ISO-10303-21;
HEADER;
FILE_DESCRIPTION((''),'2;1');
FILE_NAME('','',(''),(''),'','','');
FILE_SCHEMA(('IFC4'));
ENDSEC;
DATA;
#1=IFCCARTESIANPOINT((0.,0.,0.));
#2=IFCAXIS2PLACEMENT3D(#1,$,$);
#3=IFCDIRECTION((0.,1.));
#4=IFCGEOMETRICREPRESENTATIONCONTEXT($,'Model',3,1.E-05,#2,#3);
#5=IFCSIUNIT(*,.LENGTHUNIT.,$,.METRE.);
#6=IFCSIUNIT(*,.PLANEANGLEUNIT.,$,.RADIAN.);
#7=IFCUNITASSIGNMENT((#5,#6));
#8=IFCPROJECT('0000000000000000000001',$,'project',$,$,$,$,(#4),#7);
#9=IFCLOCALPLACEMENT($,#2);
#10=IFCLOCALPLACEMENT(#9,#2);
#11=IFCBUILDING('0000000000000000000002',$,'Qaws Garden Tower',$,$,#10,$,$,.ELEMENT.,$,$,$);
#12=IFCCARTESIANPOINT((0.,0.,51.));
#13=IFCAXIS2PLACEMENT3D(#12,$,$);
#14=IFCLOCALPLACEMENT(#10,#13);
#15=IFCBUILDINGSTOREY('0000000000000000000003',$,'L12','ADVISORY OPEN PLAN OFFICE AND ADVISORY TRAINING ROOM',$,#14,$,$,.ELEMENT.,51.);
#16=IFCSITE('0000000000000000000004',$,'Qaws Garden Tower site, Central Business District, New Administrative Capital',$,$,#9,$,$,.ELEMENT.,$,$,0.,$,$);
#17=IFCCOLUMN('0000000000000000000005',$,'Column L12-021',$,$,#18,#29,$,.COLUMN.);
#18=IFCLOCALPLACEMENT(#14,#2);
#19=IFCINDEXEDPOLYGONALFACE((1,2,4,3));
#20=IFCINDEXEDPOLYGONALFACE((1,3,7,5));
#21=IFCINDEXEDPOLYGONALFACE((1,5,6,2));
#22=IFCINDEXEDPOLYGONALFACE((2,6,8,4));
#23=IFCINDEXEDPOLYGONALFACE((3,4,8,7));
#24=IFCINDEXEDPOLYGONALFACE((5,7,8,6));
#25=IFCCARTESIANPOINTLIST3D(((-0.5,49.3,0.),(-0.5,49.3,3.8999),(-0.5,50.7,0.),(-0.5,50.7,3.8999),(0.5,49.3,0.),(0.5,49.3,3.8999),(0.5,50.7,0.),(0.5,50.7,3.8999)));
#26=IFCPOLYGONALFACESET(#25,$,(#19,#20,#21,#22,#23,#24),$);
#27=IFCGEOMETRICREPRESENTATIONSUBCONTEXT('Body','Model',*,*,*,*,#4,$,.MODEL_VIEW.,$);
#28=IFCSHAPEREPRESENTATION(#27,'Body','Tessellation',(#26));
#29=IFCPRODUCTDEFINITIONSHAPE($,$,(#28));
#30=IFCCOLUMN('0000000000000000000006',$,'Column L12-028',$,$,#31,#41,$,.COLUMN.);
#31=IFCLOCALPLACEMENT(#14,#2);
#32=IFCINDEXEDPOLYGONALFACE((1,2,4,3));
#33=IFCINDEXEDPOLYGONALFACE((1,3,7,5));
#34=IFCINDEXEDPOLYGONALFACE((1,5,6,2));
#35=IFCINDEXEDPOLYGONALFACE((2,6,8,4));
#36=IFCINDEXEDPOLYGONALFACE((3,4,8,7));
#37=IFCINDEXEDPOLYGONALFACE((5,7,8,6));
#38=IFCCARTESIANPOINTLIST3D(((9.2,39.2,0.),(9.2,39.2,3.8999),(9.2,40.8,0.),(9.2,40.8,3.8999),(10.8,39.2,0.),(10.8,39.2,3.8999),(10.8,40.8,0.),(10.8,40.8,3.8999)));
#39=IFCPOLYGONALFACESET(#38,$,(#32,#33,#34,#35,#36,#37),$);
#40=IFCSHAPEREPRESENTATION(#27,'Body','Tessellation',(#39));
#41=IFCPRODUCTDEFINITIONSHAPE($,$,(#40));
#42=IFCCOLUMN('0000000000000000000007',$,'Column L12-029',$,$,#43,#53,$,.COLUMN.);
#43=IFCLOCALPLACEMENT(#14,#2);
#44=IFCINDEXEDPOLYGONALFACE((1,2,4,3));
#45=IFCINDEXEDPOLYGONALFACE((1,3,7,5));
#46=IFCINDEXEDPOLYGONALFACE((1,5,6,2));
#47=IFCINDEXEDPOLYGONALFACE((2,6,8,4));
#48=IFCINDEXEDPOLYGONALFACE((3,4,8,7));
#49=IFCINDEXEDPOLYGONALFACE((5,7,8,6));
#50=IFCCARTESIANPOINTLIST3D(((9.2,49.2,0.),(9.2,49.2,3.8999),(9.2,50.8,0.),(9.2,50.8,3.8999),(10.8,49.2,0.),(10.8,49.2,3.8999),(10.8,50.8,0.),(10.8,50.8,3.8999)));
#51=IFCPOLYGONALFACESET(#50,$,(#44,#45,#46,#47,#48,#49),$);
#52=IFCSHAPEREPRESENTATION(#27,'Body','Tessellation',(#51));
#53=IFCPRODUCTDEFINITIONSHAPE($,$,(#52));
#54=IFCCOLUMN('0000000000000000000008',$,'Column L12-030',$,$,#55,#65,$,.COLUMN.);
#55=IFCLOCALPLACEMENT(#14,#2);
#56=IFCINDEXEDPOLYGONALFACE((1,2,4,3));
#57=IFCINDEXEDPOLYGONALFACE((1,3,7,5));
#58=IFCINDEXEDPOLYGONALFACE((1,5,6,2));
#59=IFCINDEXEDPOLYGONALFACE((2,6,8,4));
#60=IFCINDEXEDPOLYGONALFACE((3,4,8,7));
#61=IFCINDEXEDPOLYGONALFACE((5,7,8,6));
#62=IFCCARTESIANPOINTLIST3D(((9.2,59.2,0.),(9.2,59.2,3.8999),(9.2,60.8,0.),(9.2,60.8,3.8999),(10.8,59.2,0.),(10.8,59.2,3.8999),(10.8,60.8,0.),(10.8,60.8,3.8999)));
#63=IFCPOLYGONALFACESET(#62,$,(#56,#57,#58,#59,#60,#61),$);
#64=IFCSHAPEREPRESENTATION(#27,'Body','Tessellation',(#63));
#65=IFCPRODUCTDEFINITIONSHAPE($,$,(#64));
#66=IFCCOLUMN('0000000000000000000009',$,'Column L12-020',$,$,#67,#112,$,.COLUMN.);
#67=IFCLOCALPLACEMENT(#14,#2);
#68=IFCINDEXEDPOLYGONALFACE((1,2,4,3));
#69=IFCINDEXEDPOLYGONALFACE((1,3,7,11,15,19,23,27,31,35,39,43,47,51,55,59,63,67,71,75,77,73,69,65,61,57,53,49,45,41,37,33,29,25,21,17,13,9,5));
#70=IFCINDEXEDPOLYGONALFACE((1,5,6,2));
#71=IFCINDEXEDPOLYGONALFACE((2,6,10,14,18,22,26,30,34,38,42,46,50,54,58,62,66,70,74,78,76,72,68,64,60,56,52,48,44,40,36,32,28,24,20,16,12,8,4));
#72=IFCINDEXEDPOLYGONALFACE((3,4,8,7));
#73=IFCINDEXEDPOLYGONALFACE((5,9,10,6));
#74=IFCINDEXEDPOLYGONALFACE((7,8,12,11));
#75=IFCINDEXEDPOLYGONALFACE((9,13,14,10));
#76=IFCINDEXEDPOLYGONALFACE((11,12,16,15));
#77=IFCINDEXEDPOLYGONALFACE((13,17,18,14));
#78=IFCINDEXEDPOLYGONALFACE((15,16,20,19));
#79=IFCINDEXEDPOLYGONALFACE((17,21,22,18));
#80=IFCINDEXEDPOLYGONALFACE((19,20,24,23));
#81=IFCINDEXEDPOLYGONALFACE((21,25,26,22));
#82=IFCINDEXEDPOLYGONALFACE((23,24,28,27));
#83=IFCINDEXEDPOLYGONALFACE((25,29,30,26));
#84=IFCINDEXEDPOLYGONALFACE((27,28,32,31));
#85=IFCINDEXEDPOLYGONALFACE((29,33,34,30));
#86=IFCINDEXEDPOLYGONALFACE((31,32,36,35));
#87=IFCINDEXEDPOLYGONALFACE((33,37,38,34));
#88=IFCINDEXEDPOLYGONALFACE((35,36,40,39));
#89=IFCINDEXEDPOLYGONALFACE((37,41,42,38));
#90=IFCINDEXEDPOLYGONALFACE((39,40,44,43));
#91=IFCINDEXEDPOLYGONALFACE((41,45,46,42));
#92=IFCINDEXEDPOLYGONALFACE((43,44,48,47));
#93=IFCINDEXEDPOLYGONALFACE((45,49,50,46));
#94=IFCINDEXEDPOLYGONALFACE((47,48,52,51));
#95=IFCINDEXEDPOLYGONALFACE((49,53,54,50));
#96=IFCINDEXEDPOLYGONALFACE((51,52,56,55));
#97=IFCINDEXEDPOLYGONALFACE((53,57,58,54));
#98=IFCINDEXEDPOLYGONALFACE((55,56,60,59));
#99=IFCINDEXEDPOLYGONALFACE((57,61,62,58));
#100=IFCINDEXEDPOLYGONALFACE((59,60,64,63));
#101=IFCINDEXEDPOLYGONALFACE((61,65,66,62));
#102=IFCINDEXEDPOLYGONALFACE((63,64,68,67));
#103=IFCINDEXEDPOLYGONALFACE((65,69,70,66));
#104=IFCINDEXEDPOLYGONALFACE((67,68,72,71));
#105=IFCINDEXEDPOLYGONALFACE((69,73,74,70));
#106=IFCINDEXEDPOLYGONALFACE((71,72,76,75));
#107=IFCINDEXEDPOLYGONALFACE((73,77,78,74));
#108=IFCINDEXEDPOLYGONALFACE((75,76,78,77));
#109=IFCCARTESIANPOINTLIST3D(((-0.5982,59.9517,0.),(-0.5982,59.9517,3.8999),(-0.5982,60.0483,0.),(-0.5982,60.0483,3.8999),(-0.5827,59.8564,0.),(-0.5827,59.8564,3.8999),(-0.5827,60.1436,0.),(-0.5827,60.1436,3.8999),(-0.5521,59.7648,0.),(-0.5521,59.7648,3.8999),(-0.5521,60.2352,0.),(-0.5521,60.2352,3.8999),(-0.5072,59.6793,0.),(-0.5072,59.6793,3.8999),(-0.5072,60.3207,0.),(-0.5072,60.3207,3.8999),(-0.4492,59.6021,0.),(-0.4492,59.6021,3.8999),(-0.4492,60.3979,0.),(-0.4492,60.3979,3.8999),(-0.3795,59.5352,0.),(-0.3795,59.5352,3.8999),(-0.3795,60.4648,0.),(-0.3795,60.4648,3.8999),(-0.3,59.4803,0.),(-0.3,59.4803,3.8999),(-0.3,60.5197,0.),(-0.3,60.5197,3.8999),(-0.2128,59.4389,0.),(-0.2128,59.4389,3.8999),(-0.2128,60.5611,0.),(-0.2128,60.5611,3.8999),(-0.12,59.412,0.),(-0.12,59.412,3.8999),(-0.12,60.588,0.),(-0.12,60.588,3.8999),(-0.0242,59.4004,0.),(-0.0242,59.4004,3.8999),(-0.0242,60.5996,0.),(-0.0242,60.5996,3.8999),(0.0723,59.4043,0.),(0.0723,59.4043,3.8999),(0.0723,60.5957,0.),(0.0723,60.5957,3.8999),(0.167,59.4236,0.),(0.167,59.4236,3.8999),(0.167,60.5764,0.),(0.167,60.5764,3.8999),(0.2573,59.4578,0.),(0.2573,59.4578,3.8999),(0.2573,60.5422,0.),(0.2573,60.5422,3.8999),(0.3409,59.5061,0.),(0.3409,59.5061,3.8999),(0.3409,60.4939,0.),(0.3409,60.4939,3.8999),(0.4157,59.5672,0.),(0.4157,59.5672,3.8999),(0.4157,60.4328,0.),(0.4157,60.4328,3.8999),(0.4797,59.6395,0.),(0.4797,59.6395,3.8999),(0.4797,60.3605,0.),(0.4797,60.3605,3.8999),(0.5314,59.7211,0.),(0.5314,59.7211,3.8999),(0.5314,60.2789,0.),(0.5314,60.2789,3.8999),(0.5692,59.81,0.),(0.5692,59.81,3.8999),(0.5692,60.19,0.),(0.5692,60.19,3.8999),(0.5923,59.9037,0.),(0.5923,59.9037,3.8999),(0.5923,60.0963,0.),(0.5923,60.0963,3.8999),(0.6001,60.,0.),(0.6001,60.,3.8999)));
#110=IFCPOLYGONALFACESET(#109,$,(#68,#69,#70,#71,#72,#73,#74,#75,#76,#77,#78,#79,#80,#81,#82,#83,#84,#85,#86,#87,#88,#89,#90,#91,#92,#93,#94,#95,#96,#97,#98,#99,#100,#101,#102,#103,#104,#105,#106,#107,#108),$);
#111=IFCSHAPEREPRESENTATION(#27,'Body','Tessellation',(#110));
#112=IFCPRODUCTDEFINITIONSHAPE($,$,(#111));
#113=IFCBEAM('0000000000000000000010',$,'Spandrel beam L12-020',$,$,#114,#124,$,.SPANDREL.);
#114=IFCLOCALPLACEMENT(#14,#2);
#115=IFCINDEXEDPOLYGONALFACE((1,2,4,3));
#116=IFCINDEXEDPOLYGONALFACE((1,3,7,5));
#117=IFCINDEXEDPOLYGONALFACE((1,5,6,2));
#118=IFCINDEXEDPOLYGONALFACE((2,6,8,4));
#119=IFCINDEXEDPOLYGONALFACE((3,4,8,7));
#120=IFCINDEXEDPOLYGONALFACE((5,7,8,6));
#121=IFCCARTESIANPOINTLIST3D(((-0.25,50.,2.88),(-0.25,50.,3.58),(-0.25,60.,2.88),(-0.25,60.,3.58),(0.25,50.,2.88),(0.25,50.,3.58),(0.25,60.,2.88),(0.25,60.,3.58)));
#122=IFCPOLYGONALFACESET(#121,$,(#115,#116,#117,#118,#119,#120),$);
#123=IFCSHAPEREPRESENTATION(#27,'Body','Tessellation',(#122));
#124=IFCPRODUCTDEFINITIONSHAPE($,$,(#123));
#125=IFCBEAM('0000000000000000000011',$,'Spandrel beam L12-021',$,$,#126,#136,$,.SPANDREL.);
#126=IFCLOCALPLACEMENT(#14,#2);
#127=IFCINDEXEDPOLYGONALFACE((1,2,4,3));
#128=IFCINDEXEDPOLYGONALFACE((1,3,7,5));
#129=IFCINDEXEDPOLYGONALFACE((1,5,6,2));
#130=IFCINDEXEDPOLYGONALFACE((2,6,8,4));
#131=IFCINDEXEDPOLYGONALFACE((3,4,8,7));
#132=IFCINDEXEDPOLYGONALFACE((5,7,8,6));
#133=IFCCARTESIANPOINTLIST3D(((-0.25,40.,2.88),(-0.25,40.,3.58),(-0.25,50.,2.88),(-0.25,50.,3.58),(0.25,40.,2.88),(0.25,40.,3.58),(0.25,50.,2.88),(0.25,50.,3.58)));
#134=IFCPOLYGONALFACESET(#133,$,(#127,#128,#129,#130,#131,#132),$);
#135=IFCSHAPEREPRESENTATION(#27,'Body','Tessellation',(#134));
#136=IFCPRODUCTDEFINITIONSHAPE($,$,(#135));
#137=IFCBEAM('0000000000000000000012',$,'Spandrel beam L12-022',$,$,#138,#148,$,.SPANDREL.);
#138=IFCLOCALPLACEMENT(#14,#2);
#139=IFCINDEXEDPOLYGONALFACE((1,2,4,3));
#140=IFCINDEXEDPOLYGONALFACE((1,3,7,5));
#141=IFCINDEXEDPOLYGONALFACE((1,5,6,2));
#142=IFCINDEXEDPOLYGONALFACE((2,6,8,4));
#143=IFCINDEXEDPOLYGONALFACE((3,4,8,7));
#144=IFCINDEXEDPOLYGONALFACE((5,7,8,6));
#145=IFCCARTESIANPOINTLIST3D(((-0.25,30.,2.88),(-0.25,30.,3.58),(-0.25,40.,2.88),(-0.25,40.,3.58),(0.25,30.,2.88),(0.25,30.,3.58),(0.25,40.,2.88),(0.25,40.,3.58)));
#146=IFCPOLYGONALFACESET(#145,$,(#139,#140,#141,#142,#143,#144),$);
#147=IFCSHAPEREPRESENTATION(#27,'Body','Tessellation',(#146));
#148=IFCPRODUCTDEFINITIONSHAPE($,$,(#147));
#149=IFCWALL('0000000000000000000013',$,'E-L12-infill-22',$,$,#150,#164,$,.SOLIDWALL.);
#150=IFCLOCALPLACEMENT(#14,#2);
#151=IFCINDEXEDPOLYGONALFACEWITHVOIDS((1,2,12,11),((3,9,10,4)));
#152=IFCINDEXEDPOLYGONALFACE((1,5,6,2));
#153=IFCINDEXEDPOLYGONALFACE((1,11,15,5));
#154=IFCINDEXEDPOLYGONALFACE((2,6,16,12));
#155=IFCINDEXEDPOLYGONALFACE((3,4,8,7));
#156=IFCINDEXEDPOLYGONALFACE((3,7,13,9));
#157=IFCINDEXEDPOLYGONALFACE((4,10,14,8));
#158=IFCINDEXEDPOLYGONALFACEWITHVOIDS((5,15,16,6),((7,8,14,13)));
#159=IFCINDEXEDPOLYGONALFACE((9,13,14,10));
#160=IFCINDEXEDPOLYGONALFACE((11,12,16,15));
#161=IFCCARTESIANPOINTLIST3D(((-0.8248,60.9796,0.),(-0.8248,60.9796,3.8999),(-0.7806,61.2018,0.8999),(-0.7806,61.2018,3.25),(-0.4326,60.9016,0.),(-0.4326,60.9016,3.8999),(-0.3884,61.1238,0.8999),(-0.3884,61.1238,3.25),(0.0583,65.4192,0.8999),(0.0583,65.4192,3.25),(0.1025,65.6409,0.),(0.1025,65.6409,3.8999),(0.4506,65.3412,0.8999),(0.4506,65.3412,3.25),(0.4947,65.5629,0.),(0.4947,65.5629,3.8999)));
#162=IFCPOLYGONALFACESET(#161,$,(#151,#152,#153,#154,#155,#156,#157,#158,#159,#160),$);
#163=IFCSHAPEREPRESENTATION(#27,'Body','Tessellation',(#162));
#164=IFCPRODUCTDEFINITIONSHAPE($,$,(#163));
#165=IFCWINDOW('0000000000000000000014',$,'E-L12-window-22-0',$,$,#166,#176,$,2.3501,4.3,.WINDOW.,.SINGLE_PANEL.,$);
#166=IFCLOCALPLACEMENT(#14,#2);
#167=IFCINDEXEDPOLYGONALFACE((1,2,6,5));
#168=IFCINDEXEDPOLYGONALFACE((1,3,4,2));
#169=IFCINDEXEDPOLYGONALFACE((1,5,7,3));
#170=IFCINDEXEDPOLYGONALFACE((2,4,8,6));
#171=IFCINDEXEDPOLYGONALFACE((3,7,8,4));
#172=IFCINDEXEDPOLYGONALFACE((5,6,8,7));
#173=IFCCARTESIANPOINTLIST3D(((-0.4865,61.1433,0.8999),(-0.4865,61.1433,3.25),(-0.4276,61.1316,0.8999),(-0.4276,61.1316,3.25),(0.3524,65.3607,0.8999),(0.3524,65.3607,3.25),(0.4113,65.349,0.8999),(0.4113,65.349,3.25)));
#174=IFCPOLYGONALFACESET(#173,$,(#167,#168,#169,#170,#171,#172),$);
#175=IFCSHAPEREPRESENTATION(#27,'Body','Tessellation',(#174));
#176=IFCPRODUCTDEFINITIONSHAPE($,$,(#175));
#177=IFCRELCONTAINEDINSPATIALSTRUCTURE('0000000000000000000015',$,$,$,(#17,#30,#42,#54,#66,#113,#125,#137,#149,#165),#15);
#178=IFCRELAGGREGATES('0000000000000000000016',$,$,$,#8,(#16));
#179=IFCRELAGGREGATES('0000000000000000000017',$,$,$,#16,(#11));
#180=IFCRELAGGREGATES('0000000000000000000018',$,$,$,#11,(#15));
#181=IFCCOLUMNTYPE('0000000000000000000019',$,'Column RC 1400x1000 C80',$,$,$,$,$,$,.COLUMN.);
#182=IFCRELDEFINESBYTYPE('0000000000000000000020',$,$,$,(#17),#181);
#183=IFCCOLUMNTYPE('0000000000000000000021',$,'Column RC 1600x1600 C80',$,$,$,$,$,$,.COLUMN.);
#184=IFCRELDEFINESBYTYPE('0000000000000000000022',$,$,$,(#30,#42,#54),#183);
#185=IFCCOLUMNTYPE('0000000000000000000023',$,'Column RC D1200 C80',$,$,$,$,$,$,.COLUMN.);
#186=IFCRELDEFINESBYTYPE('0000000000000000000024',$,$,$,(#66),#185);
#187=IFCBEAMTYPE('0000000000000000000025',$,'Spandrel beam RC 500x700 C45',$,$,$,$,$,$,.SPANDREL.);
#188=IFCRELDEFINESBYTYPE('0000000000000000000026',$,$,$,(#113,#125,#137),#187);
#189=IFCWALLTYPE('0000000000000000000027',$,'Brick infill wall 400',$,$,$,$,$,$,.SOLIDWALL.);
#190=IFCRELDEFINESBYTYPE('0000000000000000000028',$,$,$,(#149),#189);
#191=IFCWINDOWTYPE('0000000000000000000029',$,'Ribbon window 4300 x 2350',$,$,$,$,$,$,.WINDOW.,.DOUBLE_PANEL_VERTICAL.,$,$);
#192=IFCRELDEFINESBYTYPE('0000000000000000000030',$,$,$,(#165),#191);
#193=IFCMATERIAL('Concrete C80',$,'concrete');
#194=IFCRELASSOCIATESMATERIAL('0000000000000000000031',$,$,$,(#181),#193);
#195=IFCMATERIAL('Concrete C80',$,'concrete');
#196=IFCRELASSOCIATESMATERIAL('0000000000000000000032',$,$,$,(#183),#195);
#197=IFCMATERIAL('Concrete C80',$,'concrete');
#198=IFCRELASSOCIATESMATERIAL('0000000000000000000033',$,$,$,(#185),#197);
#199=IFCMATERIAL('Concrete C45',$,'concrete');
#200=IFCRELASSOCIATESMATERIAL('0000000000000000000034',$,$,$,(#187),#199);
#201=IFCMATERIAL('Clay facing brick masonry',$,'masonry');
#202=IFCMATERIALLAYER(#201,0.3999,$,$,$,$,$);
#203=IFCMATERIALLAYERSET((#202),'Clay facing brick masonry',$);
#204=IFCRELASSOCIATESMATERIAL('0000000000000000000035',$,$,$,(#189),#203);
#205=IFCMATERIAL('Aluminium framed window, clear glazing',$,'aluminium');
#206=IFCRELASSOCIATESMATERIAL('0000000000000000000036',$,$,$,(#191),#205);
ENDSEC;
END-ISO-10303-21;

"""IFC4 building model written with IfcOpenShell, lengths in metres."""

from ifc_helpers import new_model, si_unit, direction, frame, frame_2d, origin, origin_2d, place, context, subcontext, project, spatial, rectangle, circle, extrude, material, layer, layer_set, material_profile, profile_set, type_object, element, fill, save


model = new_model("IFC4")

# Units and contexts
model_context = context("Model", 3, precision=1e-05, world=origin(), true_north=direction((0.0, 1.0)))
body_context = subcontext(model_context, "Body", "Model", "MODEL_VIEW")
ifc_project = project(units=[si_unit("LENGTHUNIT", "METRE"), si_unit("PLANEANGLEUNIT", "RADIAN")], contexts=[model_context])

# Site, building, storey
site_placement = place(None, origin())
site = spatial("IfcSite", under=ifc_project, at=site_placement, Name="Qaws Garden Tower site, Central Business District, New Administrative Capital", CompositionType="ELEMENT", RefElevation=0.0)
building_placement = place(site_placement, origin())
building = spatial("IfcBuilding", under=site, at=building_placement, Name="Qaws Garden Tower", CompositionType="ELEMENT")
storey_placement = place(building_placement, frame((0.0, 0.0, 51.0)))
storey = spatial("IfcBuildingStorey", under=building, at=storey_placement, Name="L12", Description="ADVISORY OPEN PLAN OFFICE AND ADVISORY TRAINING ROOM", CompositionType="ELEMENT", Elevation=51.0)

# Columns
ifc_material_1 = material(Name="Concrete C80", Category="concrete")
ifc_material_profile_1 = material_profile(ifc_material_1, rectangle(XDim=1.3999, YDim=1.0, at=origin_2d()), Name="RC 1400x1000")
ifc_profile_set_1 = profile_set([ifc_material_profile_1], Name="Concrete C80")
column_type_1 = type_object("IfcColumnType", Name="Column RC 1400x1000 C80", PredefinedType="COLUMN", material=ifc_profile_set_1)
column_1_placement = place(storey_placement, frame((0.0, 50.0, 0.0), z_axis=(0.0, 0.0, 1.0), x_axis=(0.0, 1.0, 0.0)))
element("IfcColumn", 1, at=column_1_placement, inside=storey, type_object=column_type_1, Name="Column L12-021", PredefinedType="COLUMN", context=body_context, shape_type="SweptSolid", body=[
    extrude(rectangle(XDim=1.3999, YDim=1.0, at=origin_2d()), origin(), (0.0, 0.0, 1.0), 3.8999),
])
ifc_material_2 = material(Name="Concrete C80", Category="concrete")
ifc_material_profile_2 = material_profile(ifc_material_2, rectangle(XDim=1.6001, YDim=1.6001, at=origin_2d()), Name="RC 1600x1600")
ifc_profile_set_2 = profile_set([ifc_material_profile_2], Name="Concrete C80")
column_type_2 = type_object("IfcColumnType", Name="Column RC 1600x1600 C80", PredefinedType="COLUMN", material=ifc_profile_set_2)
for number, where, z_axis, x_axis, name in (
    (2, (10.0, 40.0, 0.0), (0.0, 0.0, 1.0), (1.0, 0.0, 0.0), "Column L12-028"),
    (3, (10.0, 50.0, 0.0), (0.0, 0.0, 1.0), (1.0, 0.0, 0.0), "Column L12-029"),
    (4, (10.0, 60.0, 0.0), (0.0, 0.0, 1.0), (1.0, 0.0, 0.0), "Column L12-030"),
):
    element("IfcColumn", number, at=place(storey_placement, frame(where, z_axis=z_axis, x_axis=x_axis)), inside=storey, type_object=column_type_2, Name=name, PredefinedType="COLUMN", context=body_context, shape_type="SweptSolid", body=[
        extrude(rectangle(XDim=1.6001, YDim=1.6001, at=origin_2d()), origin(), (0.0, 0.0, 1.0), 3.8999),
    ])
ifc_material_3 = material(Name="Concrete C80", Category="concrete")
ifc_material_profile_3 = material_profile(ifc_material_3, circle(Radius=0.6001, at=origin_2d()), Name="RC D1200")
ifc_profile_set_3 = profile_set([ifc_material_profile_3], Name="Concrete C80")
column_type_3 = type_object("IfcColumnType", Name="Column RC D1200 C80", PredefinedType="COLUMN", material=ifc_profile_set_3)
column_2_placement = place(storey_placement, frame((0.0, 60.0, 0.0), z_axis=(0.0, 0.0, 1.0), x_axis=(1.0, 0.0, 0.0)))
element("IfcColumn", 5, at=column_2_placement, inside=storey, type_object=column_type_3, Name="Column L12-020", PredefinedType="COLUMN", context=body_context, shape_type="SweptSolid", body=[
    extrude(circle(Radius=0.6001, at=origin_2d()), origin(), (0.0, 0.0, 1.0), 3.8999),
])

# Beams
ifc_material_4 = material(Name="Concrete C45", Category="concrete")
ifc_material_profile_4 = material_profile(ifc_material_4, rectangle(XDim=0.5, YDim=0.7, at=origin_2d()), Name="RC 500x700")
ifc_profile_set_4 = profile_set([ifc_material_profile_4], Name="Concrete C45")
beam_type = type_object("IfcBeamType", Name="Spandrel beam RC 500x700 C45", PredefinedType="SPANDREL", material=ifc_profile_set_4)
for number, where, z_axis, x_axis, name in (
    (6, (0.0, 60.0, 3.23), (0.0, -1.0, 0.0), (1.0, 0.0, 0.0), "Spandrel beam L12-020"),
    (7, (0.0, 50.0, 3.23), (0.0, -1.0, 0.0), (1.0, 0.0, 0.0), "Spandrel beam L12-021"),
    (8, (0.0, 40.0, 3.23), (0.0, -1.0, 0.0), (1.0, 0.0, 0.0), "Spandrel beam L12-022"),
):
    element("IfcBeam", number, at=place(storey_placement, frame(where, z_axis=z_axis, x_axis=x_axis)), inside=storey, type_object=beam_type, Name=name, PredefinedType="SPANDREL", context=body_context, shape_type="SweptSolid", body=[
        extrude(rectangle(XDim=0.5, YDim=0.7, at=origin_2d()), origin(), (0.0, 0.0, 1.0), 10.0),
    ])

# Wall, opening, window
ifc_material_5 = material(Name="Clay facing brick masonry", Category="masonry")
ifc_layer_1 = layer(ifc_material_5, 0.3999)
ifc_layer_set_1 = layer_set([ifc_layer_1], Name="Clay facing brick masonry")
wall_type_1 = type_object("IfcWallType", Name="Brick infill wall 400", PredefinedType="SOLIDWALL", material=ifc_layer_set_1)
wall_1_placement = place(storey_placement, frame((0.2986, 65.6021, 0.0), z_axis=(0.0, 0.0, 1.0), x_axis=(-0.195099, -0.980784, 0.0)))
wall_1 = element("IfcWall", 9, at=wall_1_placement, inside=storey, type_object=wall_type_1, Name="E-L12-infill-22", PredefinedType="SOLIDWALL", context=body_context, shape_type="SweptSolid", body=[
    extrude(rectangle(XDim=4.7527, YDim=0.3999, at=frame_2d((2.3765, 0.0))), origin(), (0.0, 0.0, 1.0), 3.8999),
])
opening_1_placement = place(wall_1_placement, frame((0.2263, 0.0, 0.8999)))
opening_1 = element("IfcOpeningElement", 10, at=opening_1_placement, cuts=wall_1, PredefinedType="OPENING", context=body_context, shape_type="SweptSolid", body=[
    extrude(rectangle(XDim=4.3, YDim=2.3501, at=frame_2d((2.1499, 1.175))), frame((0.0, 0.21, 0.0), z_axis=(0.0, -1.0, 0.0), x_axis=(1.0, 0.0, 0.0)), (0.0, 0.0, 1.0), 0.4199),
])
ifc_material_6 = material(Name="Aluminium framed window, clear glazing", Category="aluminium")
window_type_1 = type_object("IfcWindowType", Name="Ribbon window 4300 x 2350", PartitioningType="DOUBLE_PANEL_VERTICAL", PredefinedType="WINDOW", material=ifc_material_6)
window_1_placement = place(opening_1_placement, origin())
window_1 = element("IfcWindow", 11, at=window_1_placement, inside=storey, type_object=window_type_1, Name="E-L12-window-22-0", OverallHeight=2.3501, OverallWidth=4.3, PartitioningType="SINGLE_PANEL", PredefinedType="WINDOW", context=body_context, shape_type="SweptSolid", body=[
    extrude(rectangle(XDim=4.3, YDim=2.3501, at=frame_2d((2.1499, 1.175))), frame((0.0, 0.1599, 0.0), z_axis=(0.0, -1.0, 0.0), x_axis=(1.0, 0.0, 0.0)), (0.0, 0.0, 1.0), 0.0601),
])
fill(opening_1, window_1)

save(model, "model.ifc")
